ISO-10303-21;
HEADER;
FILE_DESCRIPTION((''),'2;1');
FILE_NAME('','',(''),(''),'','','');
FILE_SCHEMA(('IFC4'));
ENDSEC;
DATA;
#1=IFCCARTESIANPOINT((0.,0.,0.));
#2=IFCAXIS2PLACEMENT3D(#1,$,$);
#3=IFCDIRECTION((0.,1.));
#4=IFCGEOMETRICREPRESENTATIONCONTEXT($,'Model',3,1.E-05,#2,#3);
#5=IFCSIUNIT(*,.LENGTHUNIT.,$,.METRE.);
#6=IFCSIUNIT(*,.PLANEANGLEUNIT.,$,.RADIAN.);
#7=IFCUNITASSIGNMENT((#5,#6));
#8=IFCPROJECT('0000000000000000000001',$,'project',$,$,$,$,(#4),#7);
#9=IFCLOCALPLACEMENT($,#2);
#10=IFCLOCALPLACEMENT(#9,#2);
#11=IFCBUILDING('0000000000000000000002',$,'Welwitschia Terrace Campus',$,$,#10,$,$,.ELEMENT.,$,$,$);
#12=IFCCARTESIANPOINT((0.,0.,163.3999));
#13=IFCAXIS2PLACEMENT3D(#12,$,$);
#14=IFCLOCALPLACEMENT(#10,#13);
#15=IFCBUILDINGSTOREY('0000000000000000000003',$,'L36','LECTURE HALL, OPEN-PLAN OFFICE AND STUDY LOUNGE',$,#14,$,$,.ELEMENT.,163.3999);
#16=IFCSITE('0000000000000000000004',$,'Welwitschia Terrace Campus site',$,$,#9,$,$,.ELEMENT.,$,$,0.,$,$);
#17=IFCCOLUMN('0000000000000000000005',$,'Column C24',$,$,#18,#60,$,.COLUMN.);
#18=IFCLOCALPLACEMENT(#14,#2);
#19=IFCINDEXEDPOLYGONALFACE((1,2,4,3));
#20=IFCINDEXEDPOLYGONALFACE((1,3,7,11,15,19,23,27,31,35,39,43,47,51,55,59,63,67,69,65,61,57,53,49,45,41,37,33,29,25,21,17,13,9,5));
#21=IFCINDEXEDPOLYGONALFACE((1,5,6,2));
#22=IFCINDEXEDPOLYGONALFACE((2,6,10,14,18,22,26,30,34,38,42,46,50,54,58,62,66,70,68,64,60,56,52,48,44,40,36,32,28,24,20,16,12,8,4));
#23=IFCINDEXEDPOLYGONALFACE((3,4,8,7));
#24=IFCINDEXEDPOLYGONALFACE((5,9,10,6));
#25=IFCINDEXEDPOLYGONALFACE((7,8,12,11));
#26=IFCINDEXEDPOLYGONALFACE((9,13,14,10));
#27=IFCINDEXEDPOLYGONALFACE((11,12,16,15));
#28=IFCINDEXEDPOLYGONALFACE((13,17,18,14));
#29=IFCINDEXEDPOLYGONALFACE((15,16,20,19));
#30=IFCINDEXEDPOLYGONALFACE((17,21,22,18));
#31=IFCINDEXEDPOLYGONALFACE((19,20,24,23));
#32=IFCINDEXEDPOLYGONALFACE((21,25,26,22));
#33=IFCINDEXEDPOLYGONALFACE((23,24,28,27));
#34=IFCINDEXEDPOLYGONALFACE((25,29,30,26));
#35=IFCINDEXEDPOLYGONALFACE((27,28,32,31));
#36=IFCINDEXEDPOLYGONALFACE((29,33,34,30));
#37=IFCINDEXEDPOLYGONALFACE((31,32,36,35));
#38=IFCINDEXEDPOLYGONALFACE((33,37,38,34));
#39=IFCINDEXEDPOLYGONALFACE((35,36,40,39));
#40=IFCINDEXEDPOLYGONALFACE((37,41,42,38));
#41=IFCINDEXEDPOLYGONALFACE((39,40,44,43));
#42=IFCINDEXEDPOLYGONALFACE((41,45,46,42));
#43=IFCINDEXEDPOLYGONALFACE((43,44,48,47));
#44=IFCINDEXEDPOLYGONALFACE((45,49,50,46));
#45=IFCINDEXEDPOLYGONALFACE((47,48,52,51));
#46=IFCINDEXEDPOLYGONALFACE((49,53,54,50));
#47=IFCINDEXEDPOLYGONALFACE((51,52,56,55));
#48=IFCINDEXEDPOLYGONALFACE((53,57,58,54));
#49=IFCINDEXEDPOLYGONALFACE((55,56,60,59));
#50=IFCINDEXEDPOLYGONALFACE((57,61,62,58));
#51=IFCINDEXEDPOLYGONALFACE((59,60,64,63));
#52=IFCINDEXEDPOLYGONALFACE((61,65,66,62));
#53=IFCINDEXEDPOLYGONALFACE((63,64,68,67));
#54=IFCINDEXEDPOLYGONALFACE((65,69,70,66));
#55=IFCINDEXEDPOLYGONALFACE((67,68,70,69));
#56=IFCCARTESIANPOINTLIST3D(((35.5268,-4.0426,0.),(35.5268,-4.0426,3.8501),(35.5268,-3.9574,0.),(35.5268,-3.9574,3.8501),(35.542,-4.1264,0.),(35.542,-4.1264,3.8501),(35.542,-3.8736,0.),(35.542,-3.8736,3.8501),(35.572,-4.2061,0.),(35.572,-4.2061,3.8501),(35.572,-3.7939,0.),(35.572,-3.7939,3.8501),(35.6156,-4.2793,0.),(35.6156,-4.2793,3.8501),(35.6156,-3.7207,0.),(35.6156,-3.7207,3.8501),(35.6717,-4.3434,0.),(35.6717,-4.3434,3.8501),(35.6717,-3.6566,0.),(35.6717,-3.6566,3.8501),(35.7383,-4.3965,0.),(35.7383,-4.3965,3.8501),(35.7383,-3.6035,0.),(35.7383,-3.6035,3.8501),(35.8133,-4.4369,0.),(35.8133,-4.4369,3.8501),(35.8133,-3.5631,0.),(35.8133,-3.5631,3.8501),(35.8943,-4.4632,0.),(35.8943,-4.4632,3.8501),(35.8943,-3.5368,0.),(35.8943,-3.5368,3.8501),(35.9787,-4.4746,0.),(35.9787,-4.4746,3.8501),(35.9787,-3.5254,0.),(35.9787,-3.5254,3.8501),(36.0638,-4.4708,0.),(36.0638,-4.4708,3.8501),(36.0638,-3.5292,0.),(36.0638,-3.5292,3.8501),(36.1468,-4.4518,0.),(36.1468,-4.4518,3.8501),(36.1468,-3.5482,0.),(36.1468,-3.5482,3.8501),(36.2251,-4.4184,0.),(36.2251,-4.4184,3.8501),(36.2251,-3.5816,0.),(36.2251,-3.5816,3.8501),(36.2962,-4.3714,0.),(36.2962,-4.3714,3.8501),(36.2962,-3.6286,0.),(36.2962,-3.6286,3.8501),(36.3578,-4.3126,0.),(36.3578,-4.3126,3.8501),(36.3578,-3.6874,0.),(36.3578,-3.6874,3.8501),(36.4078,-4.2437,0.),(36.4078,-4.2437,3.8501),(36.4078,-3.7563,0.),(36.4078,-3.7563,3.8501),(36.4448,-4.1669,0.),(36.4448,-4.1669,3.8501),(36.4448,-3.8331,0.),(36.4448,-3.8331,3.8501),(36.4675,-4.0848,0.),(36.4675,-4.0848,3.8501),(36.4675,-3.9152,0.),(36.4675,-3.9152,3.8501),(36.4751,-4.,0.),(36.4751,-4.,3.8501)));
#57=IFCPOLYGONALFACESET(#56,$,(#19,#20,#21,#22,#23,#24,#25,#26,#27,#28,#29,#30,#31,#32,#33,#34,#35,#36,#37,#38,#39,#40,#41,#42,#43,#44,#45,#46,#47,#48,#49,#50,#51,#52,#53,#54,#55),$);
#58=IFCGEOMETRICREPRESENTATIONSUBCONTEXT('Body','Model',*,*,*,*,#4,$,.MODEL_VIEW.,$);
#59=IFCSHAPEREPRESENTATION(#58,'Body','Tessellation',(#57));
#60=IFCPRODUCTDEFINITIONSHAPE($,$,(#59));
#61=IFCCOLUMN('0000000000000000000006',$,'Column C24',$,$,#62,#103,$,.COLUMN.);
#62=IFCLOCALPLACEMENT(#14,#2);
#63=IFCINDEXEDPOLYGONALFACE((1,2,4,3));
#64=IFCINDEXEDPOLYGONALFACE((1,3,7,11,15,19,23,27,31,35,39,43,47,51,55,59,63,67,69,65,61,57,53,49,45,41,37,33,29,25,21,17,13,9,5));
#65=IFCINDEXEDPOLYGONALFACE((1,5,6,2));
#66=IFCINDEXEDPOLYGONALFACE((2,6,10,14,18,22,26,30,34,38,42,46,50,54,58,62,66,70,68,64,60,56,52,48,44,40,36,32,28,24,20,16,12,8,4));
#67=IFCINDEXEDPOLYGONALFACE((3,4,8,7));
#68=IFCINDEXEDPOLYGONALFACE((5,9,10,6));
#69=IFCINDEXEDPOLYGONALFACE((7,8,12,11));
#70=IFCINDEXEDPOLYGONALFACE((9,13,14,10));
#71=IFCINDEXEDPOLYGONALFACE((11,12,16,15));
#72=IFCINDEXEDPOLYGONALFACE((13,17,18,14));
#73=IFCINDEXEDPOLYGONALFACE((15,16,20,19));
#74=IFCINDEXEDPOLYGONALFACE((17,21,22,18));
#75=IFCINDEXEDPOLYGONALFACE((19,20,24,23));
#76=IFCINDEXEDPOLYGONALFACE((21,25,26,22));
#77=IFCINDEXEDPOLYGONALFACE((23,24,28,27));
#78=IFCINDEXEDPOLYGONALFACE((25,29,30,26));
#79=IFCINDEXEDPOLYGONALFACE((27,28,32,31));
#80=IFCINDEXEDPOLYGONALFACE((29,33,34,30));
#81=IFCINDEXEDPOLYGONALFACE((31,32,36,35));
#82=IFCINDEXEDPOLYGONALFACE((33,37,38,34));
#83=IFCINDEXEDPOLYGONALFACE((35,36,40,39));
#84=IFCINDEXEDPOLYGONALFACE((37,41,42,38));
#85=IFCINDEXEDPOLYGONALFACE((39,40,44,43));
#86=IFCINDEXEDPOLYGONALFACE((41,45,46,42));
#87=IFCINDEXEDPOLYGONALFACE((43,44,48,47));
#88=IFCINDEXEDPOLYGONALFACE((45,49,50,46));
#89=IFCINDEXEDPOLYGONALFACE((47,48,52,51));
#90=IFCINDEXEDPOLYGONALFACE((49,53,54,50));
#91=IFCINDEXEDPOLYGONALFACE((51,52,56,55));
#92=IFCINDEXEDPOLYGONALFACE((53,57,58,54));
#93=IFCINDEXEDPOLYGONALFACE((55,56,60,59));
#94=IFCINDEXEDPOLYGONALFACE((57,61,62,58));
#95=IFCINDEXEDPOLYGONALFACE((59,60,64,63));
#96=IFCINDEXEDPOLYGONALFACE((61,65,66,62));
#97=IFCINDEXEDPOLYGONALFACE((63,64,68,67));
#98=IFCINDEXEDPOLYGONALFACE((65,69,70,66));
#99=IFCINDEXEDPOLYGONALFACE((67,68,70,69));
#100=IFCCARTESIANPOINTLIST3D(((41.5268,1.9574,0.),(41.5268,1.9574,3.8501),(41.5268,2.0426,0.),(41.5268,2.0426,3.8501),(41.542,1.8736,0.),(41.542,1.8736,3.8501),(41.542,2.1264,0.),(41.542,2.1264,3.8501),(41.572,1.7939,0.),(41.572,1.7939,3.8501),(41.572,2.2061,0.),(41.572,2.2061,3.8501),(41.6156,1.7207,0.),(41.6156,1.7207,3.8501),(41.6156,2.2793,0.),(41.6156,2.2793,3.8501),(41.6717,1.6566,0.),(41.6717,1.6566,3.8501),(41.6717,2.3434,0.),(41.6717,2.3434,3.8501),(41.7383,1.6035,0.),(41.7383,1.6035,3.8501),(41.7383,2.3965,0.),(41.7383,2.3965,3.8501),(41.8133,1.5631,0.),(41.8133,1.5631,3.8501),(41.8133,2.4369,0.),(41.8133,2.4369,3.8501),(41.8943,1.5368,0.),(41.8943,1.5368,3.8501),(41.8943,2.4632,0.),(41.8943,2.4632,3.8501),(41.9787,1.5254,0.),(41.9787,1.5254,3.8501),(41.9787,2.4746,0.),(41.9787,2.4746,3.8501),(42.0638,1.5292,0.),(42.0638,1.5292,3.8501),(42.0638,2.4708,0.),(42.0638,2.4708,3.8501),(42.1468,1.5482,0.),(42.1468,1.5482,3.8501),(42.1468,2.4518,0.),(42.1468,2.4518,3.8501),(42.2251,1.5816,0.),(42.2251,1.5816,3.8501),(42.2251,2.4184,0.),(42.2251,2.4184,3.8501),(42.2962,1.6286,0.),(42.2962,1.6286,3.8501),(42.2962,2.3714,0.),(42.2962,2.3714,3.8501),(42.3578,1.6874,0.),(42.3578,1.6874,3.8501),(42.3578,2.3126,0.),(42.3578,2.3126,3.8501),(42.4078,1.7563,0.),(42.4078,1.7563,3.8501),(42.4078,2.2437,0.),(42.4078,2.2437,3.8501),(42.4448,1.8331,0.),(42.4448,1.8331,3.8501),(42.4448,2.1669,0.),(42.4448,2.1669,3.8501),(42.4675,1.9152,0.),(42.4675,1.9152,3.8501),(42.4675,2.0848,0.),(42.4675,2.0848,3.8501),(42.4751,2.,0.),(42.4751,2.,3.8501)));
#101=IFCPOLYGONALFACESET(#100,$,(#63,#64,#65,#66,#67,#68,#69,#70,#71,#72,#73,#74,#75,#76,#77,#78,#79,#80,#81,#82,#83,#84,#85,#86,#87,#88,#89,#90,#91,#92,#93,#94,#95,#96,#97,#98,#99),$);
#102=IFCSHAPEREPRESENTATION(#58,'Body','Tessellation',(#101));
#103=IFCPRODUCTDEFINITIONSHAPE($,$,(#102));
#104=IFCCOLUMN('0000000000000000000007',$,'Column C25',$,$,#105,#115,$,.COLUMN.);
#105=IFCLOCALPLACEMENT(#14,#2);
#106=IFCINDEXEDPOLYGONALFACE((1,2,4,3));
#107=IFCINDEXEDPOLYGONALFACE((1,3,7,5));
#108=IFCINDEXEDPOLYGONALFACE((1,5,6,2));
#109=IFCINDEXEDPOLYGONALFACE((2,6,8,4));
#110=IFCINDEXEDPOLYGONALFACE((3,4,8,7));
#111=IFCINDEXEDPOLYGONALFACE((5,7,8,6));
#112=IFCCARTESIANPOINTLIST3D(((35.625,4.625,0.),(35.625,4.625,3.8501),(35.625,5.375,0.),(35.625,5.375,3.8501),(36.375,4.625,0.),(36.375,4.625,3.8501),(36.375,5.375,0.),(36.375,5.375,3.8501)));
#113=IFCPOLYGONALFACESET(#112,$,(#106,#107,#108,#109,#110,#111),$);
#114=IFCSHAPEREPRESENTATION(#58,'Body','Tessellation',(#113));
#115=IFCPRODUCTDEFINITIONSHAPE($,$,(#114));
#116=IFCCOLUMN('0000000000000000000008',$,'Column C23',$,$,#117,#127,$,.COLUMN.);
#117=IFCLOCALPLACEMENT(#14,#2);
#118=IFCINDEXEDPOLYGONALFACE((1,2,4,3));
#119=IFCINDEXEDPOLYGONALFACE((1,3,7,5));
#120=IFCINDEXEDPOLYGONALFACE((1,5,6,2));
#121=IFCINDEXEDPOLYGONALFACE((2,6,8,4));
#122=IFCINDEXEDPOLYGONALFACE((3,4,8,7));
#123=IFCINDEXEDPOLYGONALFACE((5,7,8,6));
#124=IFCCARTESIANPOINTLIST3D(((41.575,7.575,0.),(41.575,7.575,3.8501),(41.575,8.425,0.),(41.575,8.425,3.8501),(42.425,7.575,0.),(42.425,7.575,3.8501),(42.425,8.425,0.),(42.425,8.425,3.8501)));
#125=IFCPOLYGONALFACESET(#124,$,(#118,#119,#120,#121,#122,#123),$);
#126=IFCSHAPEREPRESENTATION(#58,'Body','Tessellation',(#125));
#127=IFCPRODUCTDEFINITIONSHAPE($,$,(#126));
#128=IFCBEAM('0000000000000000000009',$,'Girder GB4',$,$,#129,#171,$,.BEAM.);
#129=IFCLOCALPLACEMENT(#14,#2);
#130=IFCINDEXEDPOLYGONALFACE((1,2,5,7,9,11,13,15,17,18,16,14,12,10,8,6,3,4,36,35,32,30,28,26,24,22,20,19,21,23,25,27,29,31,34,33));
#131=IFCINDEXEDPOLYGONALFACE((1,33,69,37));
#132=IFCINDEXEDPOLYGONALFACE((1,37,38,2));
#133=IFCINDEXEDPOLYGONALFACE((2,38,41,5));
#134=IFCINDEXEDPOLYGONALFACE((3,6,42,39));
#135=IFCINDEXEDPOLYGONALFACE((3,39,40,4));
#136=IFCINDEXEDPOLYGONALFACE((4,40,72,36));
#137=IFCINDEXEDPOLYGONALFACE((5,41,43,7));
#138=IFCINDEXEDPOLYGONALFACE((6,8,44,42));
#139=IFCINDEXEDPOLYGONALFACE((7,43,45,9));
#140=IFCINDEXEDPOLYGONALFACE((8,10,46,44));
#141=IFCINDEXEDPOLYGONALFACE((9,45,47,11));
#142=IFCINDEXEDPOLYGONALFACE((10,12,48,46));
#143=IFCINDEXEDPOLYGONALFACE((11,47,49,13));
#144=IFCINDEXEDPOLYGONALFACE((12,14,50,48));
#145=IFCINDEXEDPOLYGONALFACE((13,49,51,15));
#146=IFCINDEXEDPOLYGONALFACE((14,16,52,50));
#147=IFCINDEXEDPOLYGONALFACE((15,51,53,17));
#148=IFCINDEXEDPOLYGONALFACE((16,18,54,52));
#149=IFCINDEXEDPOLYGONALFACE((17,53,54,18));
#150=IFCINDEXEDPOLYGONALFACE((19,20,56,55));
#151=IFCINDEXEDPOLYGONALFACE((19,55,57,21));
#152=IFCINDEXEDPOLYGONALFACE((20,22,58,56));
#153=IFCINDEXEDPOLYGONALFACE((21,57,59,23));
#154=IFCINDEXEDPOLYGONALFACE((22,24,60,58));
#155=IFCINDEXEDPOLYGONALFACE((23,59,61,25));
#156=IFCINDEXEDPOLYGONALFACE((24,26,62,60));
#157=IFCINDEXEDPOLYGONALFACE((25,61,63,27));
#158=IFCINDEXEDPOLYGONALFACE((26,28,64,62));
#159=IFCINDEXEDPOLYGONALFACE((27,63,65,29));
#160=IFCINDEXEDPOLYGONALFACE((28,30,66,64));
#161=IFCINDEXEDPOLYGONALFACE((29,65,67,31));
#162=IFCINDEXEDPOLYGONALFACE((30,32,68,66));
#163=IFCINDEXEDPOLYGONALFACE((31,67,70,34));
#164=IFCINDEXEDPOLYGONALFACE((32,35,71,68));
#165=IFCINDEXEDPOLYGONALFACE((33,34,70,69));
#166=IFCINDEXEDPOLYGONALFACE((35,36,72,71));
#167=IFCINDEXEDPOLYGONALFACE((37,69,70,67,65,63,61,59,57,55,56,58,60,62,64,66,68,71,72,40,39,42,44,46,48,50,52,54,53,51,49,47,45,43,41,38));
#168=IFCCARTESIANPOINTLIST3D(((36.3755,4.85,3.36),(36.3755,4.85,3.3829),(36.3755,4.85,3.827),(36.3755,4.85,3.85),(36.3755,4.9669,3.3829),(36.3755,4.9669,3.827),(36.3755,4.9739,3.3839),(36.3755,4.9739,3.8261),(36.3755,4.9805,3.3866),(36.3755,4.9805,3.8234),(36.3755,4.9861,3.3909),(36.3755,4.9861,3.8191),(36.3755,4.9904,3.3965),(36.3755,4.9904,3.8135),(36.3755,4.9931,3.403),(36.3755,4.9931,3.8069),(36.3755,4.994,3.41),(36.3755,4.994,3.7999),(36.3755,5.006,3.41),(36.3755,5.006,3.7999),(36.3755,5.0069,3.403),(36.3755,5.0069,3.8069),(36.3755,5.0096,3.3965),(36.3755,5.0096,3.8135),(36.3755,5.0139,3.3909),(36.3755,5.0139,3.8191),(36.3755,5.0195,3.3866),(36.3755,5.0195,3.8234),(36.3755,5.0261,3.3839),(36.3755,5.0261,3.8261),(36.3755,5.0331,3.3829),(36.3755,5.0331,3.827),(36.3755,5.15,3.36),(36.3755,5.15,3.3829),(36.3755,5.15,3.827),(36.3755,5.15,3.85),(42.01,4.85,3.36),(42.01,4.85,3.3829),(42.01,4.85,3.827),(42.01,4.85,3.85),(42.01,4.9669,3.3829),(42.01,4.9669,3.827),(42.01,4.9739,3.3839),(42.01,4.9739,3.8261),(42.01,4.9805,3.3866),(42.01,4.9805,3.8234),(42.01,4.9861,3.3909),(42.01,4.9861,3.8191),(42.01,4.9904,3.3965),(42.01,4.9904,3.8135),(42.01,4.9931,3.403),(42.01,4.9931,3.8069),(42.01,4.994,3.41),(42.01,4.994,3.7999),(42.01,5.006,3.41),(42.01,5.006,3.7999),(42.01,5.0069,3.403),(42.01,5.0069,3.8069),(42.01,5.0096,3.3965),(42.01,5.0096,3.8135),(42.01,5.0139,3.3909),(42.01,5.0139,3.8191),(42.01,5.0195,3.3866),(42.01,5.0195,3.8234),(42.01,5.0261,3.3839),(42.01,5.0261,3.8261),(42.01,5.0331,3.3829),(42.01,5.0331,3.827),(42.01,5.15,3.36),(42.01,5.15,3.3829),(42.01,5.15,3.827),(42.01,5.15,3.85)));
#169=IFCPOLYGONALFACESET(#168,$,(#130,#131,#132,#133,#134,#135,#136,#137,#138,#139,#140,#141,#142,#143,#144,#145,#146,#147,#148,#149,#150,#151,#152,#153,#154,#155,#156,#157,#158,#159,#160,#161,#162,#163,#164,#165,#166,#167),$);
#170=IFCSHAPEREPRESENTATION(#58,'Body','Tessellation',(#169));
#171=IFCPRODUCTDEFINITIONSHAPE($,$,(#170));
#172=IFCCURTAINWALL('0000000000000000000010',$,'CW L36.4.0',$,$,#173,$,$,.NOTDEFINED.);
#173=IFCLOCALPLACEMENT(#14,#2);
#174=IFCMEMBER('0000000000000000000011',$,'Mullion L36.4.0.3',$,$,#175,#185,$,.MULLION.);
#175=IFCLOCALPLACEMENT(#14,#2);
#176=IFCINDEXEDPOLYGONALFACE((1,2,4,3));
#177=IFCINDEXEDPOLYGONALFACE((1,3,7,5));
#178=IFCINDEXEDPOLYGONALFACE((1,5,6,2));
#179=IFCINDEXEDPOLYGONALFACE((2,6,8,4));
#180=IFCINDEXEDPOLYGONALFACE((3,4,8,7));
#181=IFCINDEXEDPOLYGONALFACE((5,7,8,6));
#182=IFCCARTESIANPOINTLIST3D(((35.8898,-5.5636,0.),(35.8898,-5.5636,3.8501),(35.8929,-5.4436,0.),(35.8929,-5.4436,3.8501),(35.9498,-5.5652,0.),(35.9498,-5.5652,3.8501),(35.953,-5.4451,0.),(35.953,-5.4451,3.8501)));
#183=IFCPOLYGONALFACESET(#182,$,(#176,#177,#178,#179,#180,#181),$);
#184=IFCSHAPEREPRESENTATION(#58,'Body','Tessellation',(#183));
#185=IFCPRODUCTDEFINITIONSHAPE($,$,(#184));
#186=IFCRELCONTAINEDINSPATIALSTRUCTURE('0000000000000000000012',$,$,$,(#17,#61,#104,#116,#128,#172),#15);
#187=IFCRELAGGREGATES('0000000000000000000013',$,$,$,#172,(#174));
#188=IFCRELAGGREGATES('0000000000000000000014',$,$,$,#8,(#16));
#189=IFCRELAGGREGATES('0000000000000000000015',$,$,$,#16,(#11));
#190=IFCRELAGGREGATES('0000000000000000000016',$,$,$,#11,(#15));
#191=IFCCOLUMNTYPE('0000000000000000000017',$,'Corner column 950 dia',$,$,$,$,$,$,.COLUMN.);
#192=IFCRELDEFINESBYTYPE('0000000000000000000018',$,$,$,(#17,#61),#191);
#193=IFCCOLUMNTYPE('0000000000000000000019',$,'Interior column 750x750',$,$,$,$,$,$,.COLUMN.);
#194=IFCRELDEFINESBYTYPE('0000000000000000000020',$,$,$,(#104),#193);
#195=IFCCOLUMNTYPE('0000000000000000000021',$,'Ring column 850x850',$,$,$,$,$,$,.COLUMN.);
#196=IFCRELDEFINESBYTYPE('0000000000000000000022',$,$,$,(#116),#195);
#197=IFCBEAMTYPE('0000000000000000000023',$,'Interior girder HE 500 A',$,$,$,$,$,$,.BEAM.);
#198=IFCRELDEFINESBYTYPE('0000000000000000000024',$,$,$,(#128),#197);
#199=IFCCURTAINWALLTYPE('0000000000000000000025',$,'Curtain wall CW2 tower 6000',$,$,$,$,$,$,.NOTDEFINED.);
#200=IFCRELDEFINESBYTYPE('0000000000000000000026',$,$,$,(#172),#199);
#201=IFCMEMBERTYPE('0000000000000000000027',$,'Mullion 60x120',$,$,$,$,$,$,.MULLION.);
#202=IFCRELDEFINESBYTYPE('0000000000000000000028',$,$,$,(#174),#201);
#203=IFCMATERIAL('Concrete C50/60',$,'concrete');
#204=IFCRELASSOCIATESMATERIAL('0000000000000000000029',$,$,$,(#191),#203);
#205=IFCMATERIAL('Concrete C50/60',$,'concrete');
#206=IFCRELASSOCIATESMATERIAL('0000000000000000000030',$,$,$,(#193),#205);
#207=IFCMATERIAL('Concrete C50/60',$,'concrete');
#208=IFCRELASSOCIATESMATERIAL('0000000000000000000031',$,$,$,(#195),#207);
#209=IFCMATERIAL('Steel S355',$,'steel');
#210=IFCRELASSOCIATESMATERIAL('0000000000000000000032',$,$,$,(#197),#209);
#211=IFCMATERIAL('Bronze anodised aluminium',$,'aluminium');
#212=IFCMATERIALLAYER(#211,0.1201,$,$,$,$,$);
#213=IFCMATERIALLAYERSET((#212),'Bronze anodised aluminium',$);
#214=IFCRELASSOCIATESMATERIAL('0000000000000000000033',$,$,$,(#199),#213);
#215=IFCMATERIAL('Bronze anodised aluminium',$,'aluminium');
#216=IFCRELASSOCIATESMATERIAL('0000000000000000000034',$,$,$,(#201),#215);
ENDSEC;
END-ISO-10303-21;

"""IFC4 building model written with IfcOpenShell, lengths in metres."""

from ifc_helpers import new_model, si_unit, direction, frame, origin, origin_2d, place, context, subcontext, project, spatial, rectangle, circle, i_section, extrude, material, layer, layer_set, material_profile, profile_set, type_object, element, aggregate, save


model = new_model("IFC4")

# Units and contexts
model_context = context("Model", 3, precision=1e-05, world=origin(), true_north=direction((0.0, 1.0)))
body_context = subcontext(model_context, "Body", "Model", "MODEL_VIEW")
ifc_project = project(units=[si_unit("LENGTHUNIT", "METRE"), si_unit("PLANEANGLEUNIT", "RADIAN")], contexts=[model_context])

# Site, building, storey
site_placement = place(None, origin())
site = spatial("IfcSite", under=ifc_project, at=site_placement, Name="Welwitschia Terrace Campus site", CompositionType="ELEMENT", RefElevation=0.0)
building_placement = place(site_placement, origin())
building = spatial("IfcBuilding", under=site, at=building_placement, Name="Welwitschia Terrace Campus", CompositionType="ELEMENT")
storey_placement = place(building_placement, frame((0.0, 0.0, 163.3999)))
storey = spatial("IfcBuildingStorey", under=building, at=storey_placement, Name="L36", Description="LECTURE HALL, OPEN-PLAN OFFICE AND STUDY LOUNGE", CompositionType="ELEMENT", Elevation=163.3999)

# Columns
ifc_material_1 = material(Name="Concrete C50/60", Category="concrete")
ifc_material_profile_1 = material_profile(ifc_material_1, circle(Radius=0.4751, at=origin_2d()))
ifc_profile_set_1 = profile_set([ifc_material_profile_1], Name="Concrete C50/60")
column_type_1 = type_object("IfcColumnType", Name="Corner column 950 dia", PredefinedType="COLUMN", material=ifc_profile_set_1)
for number, where, z_axis, x_axis, name in (
    (1, (36.0, -4.0, 0.0), (0.0, 0.0, 1.0), (1.0, 0.0, 0.0), "Column C24"),
    (2, (42.0, 2.0, 0.0), (0.0, 0.0, 1.0), (1.0, 0.0, 0.0), "Column C24"),
):
    element("IfcColumn", number, at=place(storey_placement, frame(where, z_axis=z_axis, x_axis=x_axis)), inside=storey, type_object=column_type_1, Name=name, PredefinedType="COLUMN", context=body_context, shape_type="SweptSolid", body=[
        extrude(circle(Radius=0.4751, at=origin_2d()), origin(), (0.0, 0.0, 1.0), 3.8501),
    ])
ifc_material_2 = material(Name="Concrete C50/60", Category="concrete")
ifc_material_profile_2 = material_profile(ifc_material_2, rectangle(XDim=0.75, YDim=0.75, at=origin_2d()))
ifc_profile_set_2 = profile_set([ifc_material_profile_2], Name="Concrete C50/60")
column_type_2 = type_object("IfcColumnType", Name="Interior column 750x750", PredefinedType="COLUMN", material=ifc_profile_set_2)
column_1_placement = place(storey_placement, frame((36.0, 5.0, 0.0), z_axis=(0.0, 0.0, 1.0), x_axis=(1.0, 0.0, 0.0)))
element("IfcColumn", 3, at=column_1_placement, inside=storey, type_object=column_type_2, Name="Column C25", PredefinedType="COLUMN", context=body_context, shape_type="SweptSolid", body=[
    extrude(rectangle(XDim=0.75, YDim=0.75, at=origin_2d()), origin(), (0.0, 0.0, 1.0), 3.8501),
])
ifc_material_3 = material(Name="Concrete C50/60", Category="concrete")
ifc_material_profile_3 = material_profile(ifc_material_3, rectangle(XDim=0.8501, YDim=0.8501, at=origin_2d()))
ifc_profile_set_3 = profile_set([ifc_material_profile_3], Name="Concrete C50/60")
column_type_3 = type_object("IfcColumnType", Name="Ring column 850x850", PredefinedType="COLUMN", material=ifc_profile_set_3)
column_2_placement = place(storey_placement, frame((42.0, 8.0, 0.0), z_axis=(0.0, 0.0, 1.0), x_axis=(1.0, 0.0, 0.0)))
element("IfcColumn", 4, at=column_2_placement, inside=storey, type_object=column_type_3, Name="Column C23", PredefinedType="COLUMN", context=body_context, shape_type="SweptSolid", body=[
    extrude(rectangle(XDim=0.8501, YDim=0.8501, at=origin_2d()), origin(), (0.0, 0.0, 1.0), 3.8501),
])

# Beam
ifc_material_4 = material(Name="Steel S355", Category="steel")
ifc_material_profile_4 = material_profile(ifc_material_4, i_section(OverallWidth=0.3, OverallDepth=0.49, WebThickness=0.012, FlangeThickness=0.0229, FilletRadius=0.0271, at=origin_2d()))
ifc_profile_set_4 = profile_set([ifc_material_profile_4], Name="Steel S355")
beam_type_1 = type_object("IfcBeamType", Name="Interior girder HE 500 A", PredefinedType="BEAM", material=ifc_profile_set_4)
beam_1_placement = place(storey_placement, frame((36.3755, 5.0, 3.605), z_axis=(1.0, 0.0, 0.0), x_axis=(0.0, 1.0, 0.0)))
element("IfcBeam", 5, at=beam_1_placement, inside=storey, type_object=beam_type_1, Name="Girder GB4", PredefinedType="BEAM", context=body_context, shape_type="SweptSolid", body=[
    extrude(i_section(OverallWidth=0.3, OverallDepth=0.49, WebThickness=0.012, FlangeThickness=0.0229, FilletRadius=0.0271, at=origin_2d()), origin(), (0.0, 0.0, 1.0), 5.6345),
])

# Curtain wall, member
ifc_material_5 = material(Name="Bronze anodised aluminium", Category="aluminium")
ifc_layer_1 = layer(ifc_material_5, 0.1201)
ifc_layer_set_1 = layer_set([ifc_layer_1], Name="Bronze anodised aluminium")
curtain_wall_type = type_object("IfcCurtainWallType", Name="Curtain wall CW2 tower 6000", PredefinedType="NOTDEFINED", material=ifc_layer_set_1)
curtain_wall_1_placement = place(storey_placement, origin())
curtain_wall_1 = element("IfcCurtainWall", 6, at=curtain_wall_1_placement, inside=storey, type_object=curtain_wall_type, Name="CW L36.4.0", PredefinedType="NOTDEFINED")
ifc_material_6 = material(Name="Bronze anodised aluminium", Category="aluminium")
ifc_material_profile_5 = material_profile(ifc_material_6, rectangle(XDim=0.1201, YDim=0.0601, at=origin_2d()))
ifc_profile_set_5 = profile_set([ifc_material_profile_5], Name="Bronze anodised aluminium")
member_type_1 = type_object("IfcMemberType", Name="Mullion 60x120", PredefinedType="MULLION", material=ifc_profile_set_5)
member_1_placement = place(storey_placement, frame((35.9214, -5.5044, 0.0), z_axis=(0.0, 0.0, 1.0), x_axis=(0.026177, 0.999657, 0.0)))
member_1 = element("IfcMember", 7, at=member_1_placement, type_object=member_type_1, Name="Mullion L36.4.0.3", PredefinedType="MULLION", context=body_context, shape_type="SweptSolid", body=[
    extrude(rectangle(XDim=0.1201, YDim=0.0601, at=origin_2d()), origin(), (0.0, 0.0, 1.0), 3.8501),
])

aggregate(curtain_wall_1, [member_1])

save(model, "model.ifc")
